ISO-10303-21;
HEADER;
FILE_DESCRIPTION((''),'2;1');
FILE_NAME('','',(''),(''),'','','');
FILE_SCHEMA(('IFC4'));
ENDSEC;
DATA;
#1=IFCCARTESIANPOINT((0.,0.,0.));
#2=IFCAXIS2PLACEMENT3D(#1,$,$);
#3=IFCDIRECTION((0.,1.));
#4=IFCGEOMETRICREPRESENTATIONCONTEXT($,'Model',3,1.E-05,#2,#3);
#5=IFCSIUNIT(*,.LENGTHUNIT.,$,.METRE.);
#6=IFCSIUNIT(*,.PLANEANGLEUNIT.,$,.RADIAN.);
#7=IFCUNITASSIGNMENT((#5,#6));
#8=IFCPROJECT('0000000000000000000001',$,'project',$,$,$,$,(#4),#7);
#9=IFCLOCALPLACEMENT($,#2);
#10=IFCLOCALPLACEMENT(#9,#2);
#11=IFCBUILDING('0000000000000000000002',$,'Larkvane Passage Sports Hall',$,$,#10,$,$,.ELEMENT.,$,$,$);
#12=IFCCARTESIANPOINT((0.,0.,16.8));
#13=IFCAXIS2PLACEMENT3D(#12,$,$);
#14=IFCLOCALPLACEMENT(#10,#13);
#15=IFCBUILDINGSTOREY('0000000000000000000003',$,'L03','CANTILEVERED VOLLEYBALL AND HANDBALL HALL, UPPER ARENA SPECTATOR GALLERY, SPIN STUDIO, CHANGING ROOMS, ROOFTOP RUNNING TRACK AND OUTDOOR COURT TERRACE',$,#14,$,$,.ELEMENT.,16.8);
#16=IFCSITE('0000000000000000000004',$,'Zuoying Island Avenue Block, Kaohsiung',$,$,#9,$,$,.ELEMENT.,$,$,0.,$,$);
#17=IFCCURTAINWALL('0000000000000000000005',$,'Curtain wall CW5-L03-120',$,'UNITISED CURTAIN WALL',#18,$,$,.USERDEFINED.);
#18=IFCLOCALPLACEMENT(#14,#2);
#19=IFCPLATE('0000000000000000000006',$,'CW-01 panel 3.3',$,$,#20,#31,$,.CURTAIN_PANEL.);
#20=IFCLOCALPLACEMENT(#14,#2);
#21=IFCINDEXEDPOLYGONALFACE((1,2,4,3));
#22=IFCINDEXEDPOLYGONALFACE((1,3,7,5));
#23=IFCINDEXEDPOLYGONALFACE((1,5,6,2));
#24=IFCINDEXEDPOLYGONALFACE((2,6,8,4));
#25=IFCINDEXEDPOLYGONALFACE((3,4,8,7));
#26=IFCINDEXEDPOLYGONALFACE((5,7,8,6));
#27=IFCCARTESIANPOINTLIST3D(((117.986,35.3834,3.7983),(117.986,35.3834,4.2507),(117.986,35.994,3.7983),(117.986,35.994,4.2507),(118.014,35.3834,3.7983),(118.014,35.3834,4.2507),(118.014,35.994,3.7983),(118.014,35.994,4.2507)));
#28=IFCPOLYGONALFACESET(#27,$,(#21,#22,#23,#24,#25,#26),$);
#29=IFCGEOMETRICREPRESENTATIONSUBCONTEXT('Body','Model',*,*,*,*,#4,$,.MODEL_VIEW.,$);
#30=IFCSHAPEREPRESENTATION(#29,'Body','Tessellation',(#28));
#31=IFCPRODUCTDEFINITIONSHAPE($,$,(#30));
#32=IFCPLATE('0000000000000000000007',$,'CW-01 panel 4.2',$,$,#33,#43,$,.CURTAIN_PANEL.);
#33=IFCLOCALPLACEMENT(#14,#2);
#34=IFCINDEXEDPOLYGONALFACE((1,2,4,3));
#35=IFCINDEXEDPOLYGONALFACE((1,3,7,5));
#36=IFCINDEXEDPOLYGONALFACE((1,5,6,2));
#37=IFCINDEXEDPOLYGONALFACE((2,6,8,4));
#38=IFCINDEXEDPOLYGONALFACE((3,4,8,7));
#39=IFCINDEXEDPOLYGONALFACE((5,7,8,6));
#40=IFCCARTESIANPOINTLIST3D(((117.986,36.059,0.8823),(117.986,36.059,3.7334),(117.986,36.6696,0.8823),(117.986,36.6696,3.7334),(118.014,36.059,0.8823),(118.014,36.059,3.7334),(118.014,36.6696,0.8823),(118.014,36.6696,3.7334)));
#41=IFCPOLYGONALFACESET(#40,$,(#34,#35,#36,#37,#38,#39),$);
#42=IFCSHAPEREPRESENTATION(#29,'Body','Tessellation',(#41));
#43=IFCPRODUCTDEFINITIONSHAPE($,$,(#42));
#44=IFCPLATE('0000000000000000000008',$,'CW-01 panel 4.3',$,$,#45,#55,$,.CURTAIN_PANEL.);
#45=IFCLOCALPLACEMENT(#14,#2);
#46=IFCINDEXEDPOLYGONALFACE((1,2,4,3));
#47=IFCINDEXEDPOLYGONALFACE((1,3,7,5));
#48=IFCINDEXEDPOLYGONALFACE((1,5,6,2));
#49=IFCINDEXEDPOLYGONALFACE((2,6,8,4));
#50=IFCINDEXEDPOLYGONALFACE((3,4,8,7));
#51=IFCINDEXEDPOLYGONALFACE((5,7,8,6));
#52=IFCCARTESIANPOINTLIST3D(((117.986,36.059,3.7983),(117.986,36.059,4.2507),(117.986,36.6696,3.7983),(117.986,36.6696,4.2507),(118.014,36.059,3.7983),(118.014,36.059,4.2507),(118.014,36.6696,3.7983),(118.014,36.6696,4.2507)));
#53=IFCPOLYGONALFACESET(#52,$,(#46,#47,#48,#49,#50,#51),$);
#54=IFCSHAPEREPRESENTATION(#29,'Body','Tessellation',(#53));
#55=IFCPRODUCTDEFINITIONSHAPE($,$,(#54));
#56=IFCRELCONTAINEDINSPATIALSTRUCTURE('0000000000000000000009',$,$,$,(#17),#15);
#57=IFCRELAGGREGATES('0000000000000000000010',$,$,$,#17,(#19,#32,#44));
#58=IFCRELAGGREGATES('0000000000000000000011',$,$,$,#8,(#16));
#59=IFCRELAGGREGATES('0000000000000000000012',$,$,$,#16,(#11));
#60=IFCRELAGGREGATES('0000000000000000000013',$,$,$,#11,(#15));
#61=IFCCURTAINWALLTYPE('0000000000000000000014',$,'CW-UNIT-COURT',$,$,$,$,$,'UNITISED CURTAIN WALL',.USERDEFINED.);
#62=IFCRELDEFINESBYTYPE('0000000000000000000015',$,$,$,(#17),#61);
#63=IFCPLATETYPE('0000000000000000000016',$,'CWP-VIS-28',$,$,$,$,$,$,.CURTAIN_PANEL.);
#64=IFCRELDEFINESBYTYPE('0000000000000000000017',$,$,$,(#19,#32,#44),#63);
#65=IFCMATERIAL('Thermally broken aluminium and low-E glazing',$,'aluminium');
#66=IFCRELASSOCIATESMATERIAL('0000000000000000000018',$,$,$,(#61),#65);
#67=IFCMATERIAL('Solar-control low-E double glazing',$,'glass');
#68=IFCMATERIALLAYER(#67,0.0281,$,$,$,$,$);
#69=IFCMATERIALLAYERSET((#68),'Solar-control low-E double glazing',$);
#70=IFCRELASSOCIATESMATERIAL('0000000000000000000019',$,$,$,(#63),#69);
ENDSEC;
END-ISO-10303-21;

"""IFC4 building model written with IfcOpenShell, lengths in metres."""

from ifc_helpers import new_model, si_unit, direction, frame, origin, origin_2d, place, context, subcontext, project, spatial, rectangle, extrude, material, layer, layer_set, type_object, element, aggregate, save


model = new_model("IFC4")

# Units and contexts
model_context = context("Model", 3, precision=1e-05, world=origin(), true_north=direction((0.0, 1.0)))
body_context = subcontext(model_context, "Body", "Model", "MODEL_VIEW")
ifc_project = project(units=[si_unit("LENGTHUNIT", "METRE"), si_unit("PLANEANGLEUNIT", "RADIAN")], contexts=[model_context])

# Site, building, storey
site_placement = place(None, origin())
site = spatial("IfcSite", under=ifc_project, at=site_placement, Name="Zuoying Island Avenue Block, Kaohsiung", CompositionType="ELEMENT", RefElevation=0.0)
building_placement = place(site_placement, origin())
building = spatial("IfcBuilding", under=site, at=building_placement, Name="Larkvane Passage Sports Hall", CompositionType="ELEMENT")
storey_placement = place(building_placement, frame((0.0, 0.0, 16.8)))
storey = spatial("IfcBuildingStorey", under=building, at=storey_placement, Name="L03", Description="CANTILEVERED VOLLEYBALL AND HANDBALL HALL, UPPER ARENA SPECTATOR GALLERY, SPIN STUDIO, CHANGING ROOMS, ROOFTOP RUNNING TRACK AND OUTDOOR COURT TERRACE", CompositionType="ELEMENT", Elevation=16.8)

# Curtain wall, plates
ifc_material_1 = material(Name="Thermally broken aluminium and low-E glazing", Category="aluminium")
curtain_wall_type = type_object("IfcCurtainWallType", Name="CW-UNIT-COURT", ElementType="UNITISED CURTAIN WALL", PredefinedType="USERDEFINED", material=ifc_material_1)
curtain_wall_placement = place(storey_placement, origin())
curtain_wall = element("IfcCurtainWall", 1, at=curtain_wall_placement, inside=storey, type_object=curtain_wall_type, Name="Curtain wall CW5-L03-120", ObjectType="UNITISED CURTAIN WALL", PredefinedType="USERDEFINED")
ifc_material_2 = material(Name="Solar-control low-E double glazing", Category="glass")
ifc_layer_1 = layer(ifc_material_2, 0.0281)
ifc_layer_set_1 = layer_set([ifc_layer_1], Name="Solar-control low-E double glazing")
plate_type_1 = type_object("IfcPlateType", Name="CWP-VIS-28", PredefinedType="CURTAIN_PANEL", material=ifc_layer_set_1)
plate_1_placement = place(storey_placement, frame((118.0, 35.6887, 3.7983), z_axis=(0.0, 0.0, 1.0), x_axis=(0.0, 1.0, 0.0)))
plate_1 = element("IfcPlate", 2, at=plate_1_placement, type_object=plate_type_1, Name="CW-01 panel 3.3", PredefinedType="CURTAIN_PANEL", context=body_context, shape_type="SweptSolid", body=[
    extrude(rectangle(XDim=0.6106, YDim=0.0281, at=origin_2d()), origin(), (0.0, 0.0, 1.0), 0.4524),
])
plate_2_placement = place(storey_placement, frame((118.0, 36.3643, 0.8823), z_axis=(0.0, 0.0, 1.0), x_axis=(0.0, 1.0, 0.0)))
plate_2 = element("IfcPlate", 3, at=plate_2_placement, type_object=plate_type_1, Name="CW-01 panel 4.2", PredefinedType="CURTAIN_PANEL", context=body_context, shape_type="SweptSolid", body=[
    extrude(rectangle(XDim=0.6106, YDim=0.0281, at=origin_2d()), origin(), (0.0, 0.0, 1.0), 2.8511),
])
plate_3_placement = place(storey_placement, frame((118.0, 36.3643, 3.7983), z_axis=(0.0, 0.0, 1.0), x_axis=(0.0, 1.0, 0.0)))
plate_3 = element("IfcPlate", 4, at=plate_3_placement, type_object=plate_type_1, Name="CW-01 panel 4.3", PredefinedType="CURTAIN_PANEL", context=body_context, shape_type="SweptSolid", body=[
    extrude(rectangle(XDim=0.6106, YDim=0.0281, at=origin_2d()), origin(), (0.0, 0.0, 1.0), 0.4524),
])
aggregate(curtain_wall, [plate_1, plate_2, plate_3])

save(model, "model.ifc")
